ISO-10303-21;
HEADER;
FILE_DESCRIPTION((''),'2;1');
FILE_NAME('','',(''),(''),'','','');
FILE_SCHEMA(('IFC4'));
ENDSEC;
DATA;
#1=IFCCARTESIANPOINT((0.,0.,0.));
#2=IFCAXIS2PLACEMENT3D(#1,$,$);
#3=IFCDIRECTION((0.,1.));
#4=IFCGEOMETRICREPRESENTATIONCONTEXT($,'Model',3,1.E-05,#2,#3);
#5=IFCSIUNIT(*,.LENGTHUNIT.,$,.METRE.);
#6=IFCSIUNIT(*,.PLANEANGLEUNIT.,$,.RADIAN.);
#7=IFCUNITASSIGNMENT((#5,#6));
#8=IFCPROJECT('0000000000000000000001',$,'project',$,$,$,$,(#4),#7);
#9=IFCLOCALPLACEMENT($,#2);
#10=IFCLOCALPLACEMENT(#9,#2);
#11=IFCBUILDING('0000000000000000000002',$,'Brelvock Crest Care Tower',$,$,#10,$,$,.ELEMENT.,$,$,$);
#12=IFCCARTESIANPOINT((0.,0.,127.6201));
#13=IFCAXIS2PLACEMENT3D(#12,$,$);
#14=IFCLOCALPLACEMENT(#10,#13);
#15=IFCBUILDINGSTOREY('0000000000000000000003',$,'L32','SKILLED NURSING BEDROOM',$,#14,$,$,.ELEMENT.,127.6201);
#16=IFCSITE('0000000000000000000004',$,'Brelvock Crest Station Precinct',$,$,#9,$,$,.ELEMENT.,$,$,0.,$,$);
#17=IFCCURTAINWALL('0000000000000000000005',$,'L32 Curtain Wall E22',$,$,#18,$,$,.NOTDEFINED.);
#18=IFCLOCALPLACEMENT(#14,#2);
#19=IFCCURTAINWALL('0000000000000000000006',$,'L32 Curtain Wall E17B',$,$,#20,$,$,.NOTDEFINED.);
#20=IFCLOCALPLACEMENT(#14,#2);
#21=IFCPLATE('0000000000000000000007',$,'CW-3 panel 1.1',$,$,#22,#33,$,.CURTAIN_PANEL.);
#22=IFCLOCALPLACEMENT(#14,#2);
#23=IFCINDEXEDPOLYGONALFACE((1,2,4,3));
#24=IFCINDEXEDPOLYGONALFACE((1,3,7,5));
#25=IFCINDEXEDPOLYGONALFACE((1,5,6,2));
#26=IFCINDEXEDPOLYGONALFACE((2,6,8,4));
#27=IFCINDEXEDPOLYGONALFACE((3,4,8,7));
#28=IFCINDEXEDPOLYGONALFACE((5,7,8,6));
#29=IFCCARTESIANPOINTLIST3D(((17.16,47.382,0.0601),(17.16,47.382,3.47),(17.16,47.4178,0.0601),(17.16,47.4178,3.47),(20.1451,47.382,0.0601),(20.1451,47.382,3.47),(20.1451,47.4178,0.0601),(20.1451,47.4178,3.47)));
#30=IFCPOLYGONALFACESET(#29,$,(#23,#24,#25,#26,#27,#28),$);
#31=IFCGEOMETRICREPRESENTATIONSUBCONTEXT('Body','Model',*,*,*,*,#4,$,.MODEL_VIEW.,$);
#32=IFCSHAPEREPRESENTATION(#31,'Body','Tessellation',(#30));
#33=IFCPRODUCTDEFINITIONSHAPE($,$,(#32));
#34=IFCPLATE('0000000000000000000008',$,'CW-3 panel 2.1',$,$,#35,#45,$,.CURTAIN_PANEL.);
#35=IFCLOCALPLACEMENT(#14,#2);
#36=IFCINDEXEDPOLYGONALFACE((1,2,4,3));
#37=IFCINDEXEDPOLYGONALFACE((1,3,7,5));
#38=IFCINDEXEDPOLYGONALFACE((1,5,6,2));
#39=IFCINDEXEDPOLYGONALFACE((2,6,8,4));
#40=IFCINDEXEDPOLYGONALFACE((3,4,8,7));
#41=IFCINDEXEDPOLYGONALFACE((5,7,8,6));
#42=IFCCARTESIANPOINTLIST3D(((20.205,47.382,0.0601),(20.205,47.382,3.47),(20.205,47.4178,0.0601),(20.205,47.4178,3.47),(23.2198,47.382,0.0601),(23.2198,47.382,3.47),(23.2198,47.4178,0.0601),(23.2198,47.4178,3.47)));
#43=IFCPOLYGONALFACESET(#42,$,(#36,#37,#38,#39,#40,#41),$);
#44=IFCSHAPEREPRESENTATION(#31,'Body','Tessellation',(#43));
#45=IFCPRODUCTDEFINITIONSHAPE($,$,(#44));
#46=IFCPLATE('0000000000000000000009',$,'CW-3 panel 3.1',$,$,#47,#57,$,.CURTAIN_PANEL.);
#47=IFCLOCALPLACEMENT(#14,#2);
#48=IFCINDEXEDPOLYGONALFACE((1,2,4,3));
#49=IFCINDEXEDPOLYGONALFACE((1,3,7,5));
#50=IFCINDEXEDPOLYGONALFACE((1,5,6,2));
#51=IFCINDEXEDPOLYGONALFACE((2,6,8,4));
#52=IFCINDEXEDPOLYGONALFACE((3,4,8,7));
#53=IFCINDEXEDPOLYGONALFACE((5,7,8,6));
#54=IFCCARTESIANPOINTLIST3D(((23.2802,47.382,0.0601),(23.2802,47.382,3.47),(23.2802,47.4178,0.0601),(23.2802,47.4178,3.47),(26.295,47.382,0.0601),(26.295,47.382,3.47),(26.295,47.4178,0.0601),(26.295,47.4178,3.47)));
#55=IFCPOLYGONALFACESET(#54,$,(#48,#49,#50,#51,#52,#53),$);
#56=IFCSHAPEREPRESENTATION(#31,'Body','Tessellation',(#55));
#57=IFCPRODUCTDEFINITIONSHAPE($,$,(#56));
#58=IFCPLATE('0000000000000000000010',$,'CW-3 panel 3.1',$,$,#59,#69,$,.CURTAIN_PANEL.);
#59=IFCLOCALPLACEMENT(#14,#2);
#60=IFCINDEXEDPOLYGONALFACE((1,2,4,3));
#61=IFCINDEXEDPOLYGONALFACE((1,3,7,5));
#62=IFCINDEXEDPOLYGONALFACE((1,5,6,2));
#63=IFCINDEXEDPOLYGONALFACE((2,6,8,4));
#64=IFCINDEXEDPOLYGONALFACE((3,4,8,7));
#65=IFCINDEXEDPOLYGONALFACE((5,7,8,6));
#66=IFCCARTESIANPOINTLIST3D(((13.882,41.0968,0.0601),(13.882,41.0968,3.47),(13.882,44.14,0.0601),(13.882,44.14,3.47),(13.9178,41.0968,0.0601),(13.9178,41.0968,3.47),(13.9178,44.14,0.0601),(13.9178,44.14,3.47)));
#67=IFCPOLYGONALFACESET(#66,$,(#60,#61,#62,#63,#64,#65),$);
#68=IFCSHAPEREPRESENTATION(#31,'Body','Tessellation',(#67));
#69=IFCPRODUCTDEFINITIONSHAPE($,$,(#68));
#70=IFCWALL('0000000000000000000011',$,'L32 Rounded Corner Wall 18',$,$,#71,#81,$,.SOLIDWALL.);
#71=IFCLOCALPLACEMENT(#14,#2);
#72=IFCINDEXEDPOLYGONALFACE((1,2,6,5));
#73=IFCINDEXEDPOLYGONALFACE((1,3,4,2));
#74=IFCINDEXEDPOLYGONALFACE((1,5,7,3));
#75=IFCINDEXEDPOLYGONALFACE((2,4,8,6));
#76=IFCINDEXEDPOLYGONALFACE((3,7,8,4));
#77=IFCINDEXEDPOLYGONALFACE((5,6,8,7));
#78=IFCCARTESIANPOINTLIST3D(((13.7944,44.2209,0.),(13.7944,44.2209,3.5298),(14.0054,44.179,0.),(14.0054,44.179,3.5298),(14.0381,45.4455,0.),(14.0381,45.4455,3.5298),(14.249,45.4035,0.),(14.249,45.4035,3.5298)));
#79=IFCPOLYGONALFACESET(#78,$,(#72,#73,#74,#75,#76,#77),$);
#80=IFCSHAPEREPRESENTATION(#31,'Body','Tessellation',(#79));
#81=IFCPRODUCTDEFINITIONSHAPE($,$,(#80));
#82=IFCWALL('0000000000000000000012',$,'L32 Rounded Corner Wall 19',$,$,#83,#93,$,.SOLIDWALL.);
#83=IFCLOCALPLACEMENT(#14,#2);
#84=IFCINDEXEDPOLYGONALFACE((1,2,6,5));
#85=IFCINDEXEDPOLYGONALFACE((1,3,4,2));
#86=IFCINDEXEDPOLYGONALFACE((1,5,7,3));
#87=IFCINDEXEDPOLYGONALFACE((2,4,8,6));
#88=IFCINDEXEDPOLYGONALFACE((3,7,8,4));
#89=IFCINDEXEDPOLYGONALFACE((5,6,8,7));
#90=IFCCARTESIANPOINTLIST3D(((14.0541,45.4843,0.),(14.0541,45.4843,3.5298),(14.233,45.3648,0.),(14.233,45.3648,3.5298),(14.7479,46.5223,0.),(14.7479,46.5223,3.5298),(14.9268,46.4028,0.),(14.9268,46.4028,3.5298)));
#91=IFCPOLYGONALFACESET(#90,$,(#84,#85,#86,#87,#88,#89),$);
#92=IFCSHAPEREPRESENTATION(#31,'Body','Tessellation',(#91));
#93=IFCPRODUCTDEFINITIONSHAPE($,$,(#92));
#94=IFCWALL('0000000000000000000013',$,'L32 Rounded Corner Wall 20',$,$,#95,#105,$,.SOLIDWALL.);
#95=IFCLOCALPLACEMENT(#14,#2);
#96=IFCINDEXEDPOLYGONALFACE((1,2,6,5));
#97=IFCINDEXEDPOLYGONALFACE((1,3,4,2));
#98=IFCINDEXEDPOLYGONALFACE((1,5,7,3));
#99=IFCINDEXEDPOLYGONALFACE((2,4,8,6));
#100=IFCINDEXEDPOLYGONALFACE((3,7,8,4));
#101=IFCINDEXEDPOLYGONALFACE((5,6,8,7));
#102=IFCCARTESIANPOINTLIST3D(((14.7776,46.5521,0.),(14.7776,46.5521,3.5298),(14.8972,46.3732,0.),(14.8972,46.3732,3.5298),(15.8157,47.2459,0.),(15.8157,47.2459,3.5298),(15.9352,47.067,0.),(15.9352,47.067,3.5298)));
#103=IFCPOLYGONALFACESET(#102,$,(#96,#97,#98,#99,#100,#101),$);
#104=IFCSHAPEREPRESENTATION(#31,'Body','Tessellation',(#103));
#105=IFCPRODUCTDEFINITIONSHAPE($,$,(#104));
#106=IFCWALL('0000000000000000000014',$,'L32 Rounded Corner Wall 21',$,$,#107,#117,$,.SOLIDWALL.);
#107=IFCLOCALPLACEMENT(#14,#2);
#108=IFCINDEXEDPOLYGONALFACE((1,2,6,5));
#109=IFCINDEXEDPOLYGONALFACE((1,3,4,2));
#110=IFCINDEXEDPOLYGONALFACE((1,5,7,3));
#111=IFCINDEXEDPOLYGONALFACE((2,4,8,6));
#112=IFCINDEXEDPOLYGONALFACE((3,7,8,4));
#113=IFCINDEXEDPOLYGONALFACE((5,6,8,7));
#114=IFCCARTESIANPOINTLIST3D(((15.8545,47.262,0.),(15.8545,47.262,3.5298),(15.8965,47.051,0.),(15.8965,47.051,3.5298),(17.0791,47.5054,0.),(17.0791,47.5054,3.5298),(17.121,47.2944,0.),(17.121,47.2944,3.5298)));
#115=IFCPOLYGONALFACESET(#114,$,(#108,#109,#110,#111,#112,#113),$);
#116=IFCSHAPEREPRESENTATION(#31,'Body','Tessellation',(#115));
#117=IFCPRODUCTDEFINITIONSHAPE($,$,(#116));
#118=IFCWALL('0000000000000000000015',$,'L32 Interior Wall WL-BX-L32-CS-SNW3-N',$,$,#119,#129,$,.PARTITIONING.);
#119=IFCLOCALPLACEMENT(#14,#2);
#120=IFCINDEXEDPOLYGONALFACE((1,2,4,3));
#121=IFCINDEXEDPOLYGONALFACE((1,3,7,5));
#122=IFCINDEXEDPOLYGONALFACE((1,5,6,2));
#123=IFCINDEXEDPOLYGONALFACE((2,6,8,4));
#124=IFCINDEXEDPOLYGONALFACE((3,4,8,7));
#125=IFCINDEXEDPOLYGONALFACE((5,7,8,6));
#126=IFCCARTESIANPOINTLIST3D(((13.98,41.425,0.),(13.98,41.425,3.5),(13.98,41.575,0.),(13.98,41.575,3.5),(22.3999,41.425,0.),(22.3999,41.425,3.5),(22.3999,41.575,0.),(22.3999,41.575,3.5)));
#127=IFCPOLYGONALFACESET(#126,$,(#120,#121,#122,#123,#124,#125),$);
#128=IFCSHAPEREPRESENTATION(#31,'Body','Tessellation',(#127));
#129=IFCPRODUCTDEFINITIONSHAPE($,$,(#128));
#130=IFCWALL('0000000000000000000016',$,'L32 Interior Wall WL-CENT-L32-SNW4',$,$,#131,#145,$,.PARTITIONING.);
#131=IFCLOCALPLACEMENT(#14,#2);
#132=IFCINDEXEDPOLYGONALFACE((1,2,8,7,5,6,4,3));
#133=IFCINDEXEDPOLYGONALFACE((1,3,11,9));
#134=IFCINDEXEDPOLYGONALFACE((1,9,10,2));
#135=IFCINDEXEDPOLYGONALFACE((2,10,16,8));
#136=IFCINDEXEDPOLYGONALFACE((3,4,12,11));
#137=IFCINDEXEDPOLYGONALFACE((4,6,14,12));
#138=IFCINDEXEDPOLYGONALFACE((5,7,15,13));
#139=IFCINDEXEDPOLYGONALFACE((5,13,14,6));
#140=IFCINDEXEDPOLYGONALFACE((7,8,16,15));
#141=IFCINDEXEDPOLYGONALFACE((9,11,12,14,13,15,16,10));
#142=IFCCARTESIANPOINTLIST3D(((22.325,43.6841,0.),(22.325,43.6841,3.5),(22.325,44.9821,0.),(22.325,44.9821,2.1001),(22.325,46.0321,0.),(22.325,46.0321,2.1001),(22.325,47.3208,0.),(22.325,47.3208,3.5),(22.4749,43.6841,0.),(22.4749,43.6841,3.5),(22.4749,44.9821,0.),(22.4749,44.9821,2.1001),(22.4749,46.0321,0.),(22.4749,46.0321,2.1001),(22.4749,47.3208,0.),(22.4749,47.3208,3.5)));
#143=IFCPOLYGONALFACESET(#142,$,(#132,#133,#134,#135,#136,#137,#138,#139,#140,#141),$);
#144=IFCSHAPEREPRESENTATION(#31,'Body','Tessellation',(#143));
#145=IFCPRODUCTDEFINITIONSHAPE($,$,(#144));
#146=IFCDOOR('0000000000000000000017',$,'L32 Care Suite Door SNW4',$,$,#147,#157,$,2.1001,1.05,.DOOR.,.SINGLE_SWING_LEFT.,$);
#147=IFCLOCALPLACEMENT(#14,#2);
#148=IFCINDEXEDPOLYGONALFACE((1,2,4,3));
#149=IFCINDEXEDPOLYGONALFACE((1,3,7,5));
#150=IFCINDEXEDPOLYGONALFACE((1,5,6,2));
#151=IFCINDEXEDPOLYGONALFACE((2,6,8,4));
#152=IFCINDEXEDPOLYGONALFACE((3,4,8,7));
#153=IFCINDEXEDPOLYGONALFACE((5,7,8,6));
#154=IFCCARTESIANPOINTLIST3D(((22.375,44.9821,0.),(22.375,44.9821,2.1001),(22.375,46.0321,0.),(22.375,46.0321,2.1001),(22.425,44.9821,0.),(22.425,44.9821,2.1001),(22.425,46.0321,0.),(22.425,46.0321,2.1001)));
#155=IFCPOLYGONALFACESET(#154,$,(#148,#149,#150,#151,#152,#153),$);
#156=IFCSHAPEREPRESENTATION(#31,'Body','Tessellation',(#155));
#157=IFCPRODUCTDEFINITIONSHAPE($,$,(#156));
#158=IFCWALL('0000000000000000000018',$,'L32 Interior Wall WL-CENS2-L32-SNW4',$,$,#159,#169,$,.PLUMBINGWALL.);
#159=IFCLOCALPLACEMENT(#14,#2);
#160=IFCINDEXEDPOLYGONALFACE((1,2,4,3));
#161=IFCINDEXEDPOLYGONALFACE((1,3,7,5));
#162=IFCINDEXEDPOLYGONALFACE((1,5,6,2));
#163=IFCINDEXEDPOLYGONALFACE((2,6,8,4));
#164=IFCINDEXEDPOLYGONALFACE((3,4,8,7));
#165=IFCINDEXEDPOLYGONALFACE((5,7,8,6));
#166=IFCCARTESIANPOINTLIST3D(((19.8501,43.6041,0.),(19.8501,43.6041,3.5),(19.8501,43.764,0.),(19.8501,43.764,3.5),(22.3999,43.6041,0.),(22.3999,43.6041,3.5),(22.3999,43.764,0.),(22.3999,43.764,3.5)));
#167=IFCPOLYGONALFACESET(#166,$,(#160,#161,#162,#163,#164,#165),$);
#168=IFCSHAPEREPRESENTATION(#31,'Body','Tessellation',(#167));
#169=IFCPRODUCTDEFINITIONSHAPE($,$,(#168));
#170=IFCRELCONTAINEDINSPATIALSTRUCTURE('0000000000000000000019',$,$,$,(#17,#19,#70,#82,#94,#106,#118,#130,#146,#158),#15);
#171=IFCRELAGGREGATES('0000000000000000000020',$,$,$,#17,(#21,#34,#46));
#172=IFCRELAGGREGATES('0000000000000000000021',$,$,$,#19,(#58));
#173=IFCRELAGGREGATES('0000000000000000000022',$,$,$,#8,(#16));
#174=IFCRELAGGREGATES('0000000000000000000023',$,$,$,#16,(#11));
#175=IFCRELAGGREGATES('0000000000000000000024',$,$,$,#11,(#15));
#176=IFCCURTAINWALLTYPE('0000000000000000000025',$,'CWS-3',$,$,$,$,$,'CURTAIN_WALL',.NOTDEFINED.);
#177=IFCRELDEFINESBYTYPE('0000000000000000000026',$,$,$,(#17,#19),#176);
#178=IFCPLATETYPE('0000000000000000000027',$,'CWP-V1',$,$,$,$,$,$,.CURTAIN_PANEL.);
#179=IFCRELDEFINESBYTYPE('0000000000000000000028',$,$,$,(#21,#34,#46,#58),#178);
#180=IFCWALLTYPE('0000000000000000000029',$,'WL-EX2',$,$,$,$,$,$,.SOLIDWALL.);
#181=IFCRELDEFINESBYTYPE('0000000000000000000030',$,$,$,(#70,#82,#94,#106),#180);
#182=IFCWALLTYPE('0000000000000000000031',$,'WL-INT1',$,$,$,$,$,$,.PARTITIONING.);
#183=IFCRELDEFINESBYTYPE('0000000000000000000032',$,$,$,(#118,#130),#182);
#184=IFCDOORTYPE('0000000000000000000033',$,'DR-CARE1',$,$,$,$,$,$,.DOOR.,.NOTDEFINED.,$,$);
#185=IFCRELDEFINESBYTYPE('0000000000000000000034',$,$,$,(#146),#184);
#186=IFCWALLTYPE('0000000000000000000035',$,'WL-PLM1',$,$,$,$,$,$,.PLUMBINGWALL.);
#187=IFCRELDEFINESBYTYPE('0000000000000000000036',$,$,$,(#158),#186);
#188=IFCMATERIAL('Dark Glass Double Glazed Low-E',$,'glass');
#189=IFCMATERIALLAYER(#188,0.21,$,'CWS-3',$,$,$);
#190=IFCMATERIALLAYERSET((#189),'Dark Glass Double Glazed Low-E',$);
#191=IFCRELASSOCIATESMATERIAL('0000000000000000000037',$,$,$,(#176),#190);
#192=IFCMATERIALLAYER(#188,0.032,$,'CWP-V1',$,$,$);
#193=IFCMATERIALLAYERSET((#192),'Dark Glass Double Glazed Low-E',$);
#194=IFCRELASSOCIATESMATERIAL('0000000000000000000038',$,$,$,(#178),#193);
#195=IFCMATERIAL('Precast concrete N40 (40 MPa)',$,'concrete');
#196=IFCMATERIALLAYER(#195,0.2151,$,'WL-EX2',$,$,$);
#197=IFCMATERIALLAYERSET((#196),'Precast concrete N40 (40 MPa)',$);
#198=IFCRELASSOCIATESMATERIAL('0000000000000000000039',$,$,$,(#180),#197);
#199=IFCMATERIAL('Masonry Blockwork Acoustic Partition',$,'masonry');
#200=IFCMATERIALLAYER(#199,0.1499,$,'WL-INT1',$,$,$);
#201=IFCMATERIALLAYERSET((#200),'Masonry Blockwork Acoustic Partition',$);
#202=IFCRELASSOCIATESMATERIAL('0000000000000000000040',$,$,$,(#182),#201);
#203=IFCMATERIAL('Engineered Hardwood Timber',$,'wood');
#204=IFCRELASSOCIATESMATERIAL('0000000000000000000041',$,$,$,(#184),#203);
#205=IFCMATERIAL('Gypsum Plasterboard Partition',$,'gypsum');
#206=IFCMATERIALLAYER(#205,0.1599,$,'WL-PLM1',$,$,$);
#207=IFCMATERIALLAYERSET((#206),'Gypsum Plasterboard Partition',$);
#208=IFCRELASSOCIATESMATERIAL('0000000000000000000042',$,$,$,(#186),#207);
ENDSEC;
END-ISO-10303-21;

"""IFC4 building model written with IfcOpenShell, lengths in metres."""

from ifc_helpers import new_model, si_unit, direction, frame, frame_2d, origin, origin_2d, place, context, subcontext, project, spatial, rectangle, extrude, source, transform, mapped, material, layer, layer_set, type_object, element, fill, aggregate, save


model = new_model("IFC4")

# Units and contexts
model_context = context("Model", 3, precision=1e-05, world=origin(), true_north=direction((0.0, 1.0)))
body_context = subcontext(model_context, "Body", "Model", "MODEL_VIEW")
ifc_project = project(units=[si_unit("LENGTHUNIT", "METRE"), si_unit("PLANEANGLEUNIT", "RADIAN")], contexts=[model_context])

# Site, building, storey
site_placement = place(None, origin())
site = spatial("IfcSite", under=ifc_project, at=site_placement, Name="Brelvock Crest Station Precinct", CompositionType="ELEMENT", RefElevation=0.0)
building_placement = place(site_placement, origin())
building = spatial("IfcBuilding", under=site, at=building_placement, Name="Brelvock Crest Care Tower", CompositionType="ELEMENT")
storey_placement = place(building_placement, frame((0.0, 0.0, 127.6201)))
storey = spatial("IfcBuildingStorey", under=building, at=storey_placement, Name="L32", Description="SKILLED NURSING BEDROOM", CompositionType="ELEMENT", Elevation=127.6201)

# Curtain walls
ifc_material_1 = material(Name="Dark Glass Double Glazed Low-E", Category="glass")
ifc_layer_1 = layer(ifc_material_1, 0.21, Name="CWS-3")
ifc_layer_set_1 = layer_set([ifc_layer_1], Name="Dark Glass Double Glazed Low-E")
curtain_wall_type = type_object("IfcCurtainWallType", Name="CWS-3", ElementType="CURTAIN_WALL", PredefinedType="NOTDEFINED", material=ifc_layer_set_1)
curtain_wall_1_placement = place(storey_placement, origin())
curtain_wall_1 = element("IfcCurtainWall", 1, at=curtain_wall_1_placement, inside=storey, type_object=curtain_wall_type, Name="L32 Curtain Wall E22", PredefinedType="NOTDEFINED")
curtain_wall_2_placement = place(storey_placement, origin())
curtain_wall_2 = element("IfcCurtainWall", 2, at=curtain_wall_2_placement, inside=storey, type_object=curtain_wall_type, Name="L32 Curtain Wall E17B", PredefinedType="NOTDEFINED")

# Plates
ifc_layer_2 = layer(ifc_material_1, 0.032, Name="CWP-V1")
ifc_layer_set_2 = layer_set([ifc_layer_2], Name="Dark Glass Double Glazed Low-E")
plate_type = type_object("IfcPlateType", Name="CWP-V1", PredefinedType="CURTAIN_PANEL", material=ifc_layer_set_2)
shared_shape_1 = source(origin(), body_context, "Body", "SweptSolid", [
    extrude(rectangle(XDim=2.9851, YDim=0.0359, at=origin_2d()), origin(), (0.0, 0.0, 1.0), 3.4099),
])
plate_1_placement = place(storey_placement, frame((18.6526, 47.3999, 0.0601), z_axis=(0.0, 0.0, 1.0), x_axis=(1.0, 0.0, 0.0)))
plate_1 = element("IfcPlate", 3, at=plate_1_placement, type_object=plate_type, Name="CW-3 panel 1.1", PredefinedType="CURTAIN_PANEL", context=body_context, shape_type="MappedRepresentation", body=[
    mapped(shared_shape_1, transform((0.0, 0.0, 0.0), x_axis=(1.0, 0.0, 0.0), y_axis=(0.0, 1.0, 0.0), z_axis=(0.0, 0.0, 1.0), scale=1.0)),
])
shared_shape_2 = source(origin(), body_context, "Body", "SweptSolid", [
    extrude(rectangle(XDim=3.0149, YDim=0.0359, at=origin_2d()), origin(), (0.0, 0.0, 1.0), 3.4099),
])
plate_2_placement = place(storey_placement, frame((21.7124, 47.3999, 0.0601), z_axis=(0.0, 0.0, 1.0), x_axis=(1.0, 0.0, 0.0)))
plate_2 = element("IfcPlate", 4, at=plate_2_placement, type_object=plate_type, Name="CW-3 panel 2.1", PredefinedType="CURTAIN_PANEL", context=body_context, shape_type="MappedRepresentation", body=[
    mapped(shared_shape_2, transform((0.0, 0.0, 0.0), x_axis=(1.0, 0.0, 0.0), y_axis=(0.0, 1.0, 0.0), z_axis=(0.0, 0.0, 1.0), scale=1.0)),
])
plate_3_placement = place(storey_placement, frame((24.7876, 47.3999, 0.0601), z_axis=(0.0, 0.0, 1.0), x_axis=(1.0, 0.0, 0.0)))
plate_3 = element("IfcPlate", 5, at=plate_3_placement, type_object=plate_type, Name="CW-3 panel 3.1", PredefinedType="CURTAIN_PANEL", context=body_context, shape_type="MappedRepresentation", body=[
    mapped(shared_shape_2, transform((0.0, 0.0, 0.0), x_axis=(1.0, 0.0, 0.0), y_axis=(0.0, 1.0, 0.0), z_axis=(0.0, 0.0, 1.0), scale=1.0)),
])
aggregate(curtain_wall_1, [plate_1, plate_2, plate_3])
shared_shape_3 = source(origin(), body_context, "Body", "SweptSolid", [
    extrude(rectangle(XDim=3.0432, YDim=0.0359, at=origin_2d()), origin(), (0.0, 0.0, 1.0), 3.4099),
])
plate_4_placement = place(storey_placement, frame((13.8999, 42.6184, 0.0601), z_axis=(0.0, 0.0, 1.0), x_axis=(0.0, 1.0, 0.0)))
plate_4 = element("IfcPlate", 6, at=plate_4_placement, type_object=plate_type, Name="CW-3 panel 3.1", PredefinedType="CURTAIN_PANEL", context=body_context, shape_type="MappedRepresentation", body=[
    mapped(shared_shape_3, transform((0.0, 0.0, 0.0), x_axis=(1.0, 0.0, 0.0), y_axis=(0.0, 1.0, 0.0), z_axis=(0.0, 0.0, 1.0), scale=1.0)),
])
aggregate(curtain_wall_2, [plate_4])

# Walls
ifc_material_2 = material(Name="Precast concrete N40 (40 MPa)", Category="concrete")
ifc_layer_3 = layer(ifc_material_2, 0.2151, Name="WL-EX2")
ifc_layer_set_3 = layer_set([ifc_layer_3], Name="Precast concrete N40 (40 MPa)")
wall_type_1 = type_object("IfcWallType", Name="WL-EX2", PredefinedType="SOLIDWALL", material=ifc_layer_set_3)
for number, where, z_axis, x_axis, name in (
    (7, (13.8999, 44.2, 0.0), (0.0, 0.0, 1.0), (0.195138, 0.980776, 0.0), "L32 Rounded Corner Wall 18"),
    (8, (14.1436, 45.4246, 0.0), (0.0, 0.0, 1.0), (0.555692, 0.831388, 0.0), "L32 Rounded Corner Wall 19"),
    (9, (14.8374, 46.4626, 0.0), (0.0, 0.0, 1.0), (0.831388, 0.555692, 0.0), "L32 Rounded Corner Wall 20"),
    (10, (15.8755, 47.1565, 0.0), (0.0, 0.0, 1.0), (0.980813, 0.19495, 0.0), "L32 Rounded Corner Wall 21"),
):
    element("IfcWall", number, at=place(storey_placement, frame(where, z_axis=z_axis, x_axis=x_axis)), inside=storey, type_object=wall_type_1, Name=name, PredefinedType="SOLIDWALL", context=body_context, shape_type="SweptSolid", body=[
        extrude(rectangle(XDim=1.2485, YDim=0.2151, at=frame_2d((0.6243, 0.0))), origin(), (0.0, 0.0, 1.0), 3.5298),
    ])
ifc_material_3 = material(Name="Masonry Blockwork Acoustic Partition", Category="masonry")
ifc_layer_4 = layer(ifc_material_3, 0.1499, Name="WL-INT1")
ifc_layer_set_4 = layer_set([ifc_layer_4], Name="Masonry Blockwork Acoustic Partition")
wall_type_2 = type_object("IfcWallType", Name="WL-INT1", PredefinedType="PARTITIONING", material=ifc_layer_set_4)
wall_1_placement = place(storey_placement, frame((13.98, 41.5, 0.0), z_axis=(0.0, 0.0, 1.0), x_axis=(1.0, 0.0, 0.0)))
element("IfcWall", 11, at=wall_1_placement, inside=storey, type_object=wall_type_2, Name="L32 Interior Wall WL-BX-L32-CS-SNW3-N", PredefinedType="PARTITIONING", context=body_context, shape_type="SweptSolid", body=[
    extrude(rectangle(XDim=8.4199, YDim=0.1499, at=frame_2d((4.21, 0.0))), origin(), (0.0, 0.0, 1.0), 3.5),
])

# Wall, opening, door
wall_2_placement = place(storey_placement, frame((22.3999, 43.6841, 0.0), z_axis=(0.0, 0.0, 1.0), x_axis=(0.0, 1.0, 0.0)))
wall_2 = element("IfcWall", 12, at=wall_2_placement, inside=storey, type_object=wall_type_2, Name="L32 Interior Wall WL-CENT-L32-SNW4", PredefinedType="PARTITIONING", context=body_context, shape_type="SweptSolid", body=[
    extrude(rectangle(XDim=3.6367, YDim=0.1499, at=frame_2d((1.8184, 0.0))), origin(), (0.0, 0.0, 1.0), 3.5),
])
opening_1_placement = place(wall_2_placement, frame((1.2981, 0.0, 0.0)))
opening_1 = element("IfcOpeningElement", 13, at=opening_1_placement, cuts=wall_2, PredefinedType="OPENING", context=body_context, shape_type="SweptSolid", body=[
    extrude(rectangle(XDim=1.05, YDim=2.1001, at=origin_2d()), frame((0.5249, 0.085, 1.05), z_axis=(0.0, -1.0, 0.0), x_axis=(1.0, 0.0, 0.0)), (0.0, 0.0, 1.0), 0.1699),
])
ifc_material_4 = material(Name="Engineered Hardwood Timber", Category="wood")
door_type_1 = type_object("IfcDoorType", Name="DR-CARE1", OperationType="NOTDEFINED", PredefinedType="DOOR", material=ifc_material_4)
shared_shape_4 = source(origin(), body_context, "Body", "SweptSolid", [
    extrude(rectangle(XDim=1.05, YDim=2.1001, at=origin_2d()), frame((0.5249, 0.0249, 1.05), z_axis=(0.0, -1.0, 0.0), x_axis=(1.0, 0.0, 0.0)), (0.0, 0.0, 1.0), 0.05),
])
door_1_placement = place(opening_1_placement, origin())
door_1 = element("IfcDoor", 14, at=door_1_placement, inside=storey, type_object=door_type_1, Name="L32 Care Suite Door SNW4", OperationType="SINGLE_SWING_LEFT", OverallHeight=2.1001, OverallWidth=1.05, PredefinedType="DOOR", context=body_context, shape_type="MappedRepresentation", body=[
    mapped(shared_shape_4, transform((0.0, 0.0, 0.0), x_axis=(1.0, 0.0, 0.0), y_axis=(0.0, 1.0, 0.0), z_axis=(0.0, 0.0, 1.0), scale=1.0)),
])
fill(opening_1, door_1)

# Wall
ifc_material_5 = material(Name="Gypsum Plasterboard Partition", Category="gypsum")
ifc_layer_5 = layer(ifc_material_5, 0.1599, Name="WL-PLM1")
ifc_layer_set_5 = layer_set([ifc_layer_5], Name="Gypsum Plasterboard Partition")
wall_type_3 = type_object("IfcWallType", Name="WL-PLM1", PredefinedType="PLUMBINGWALL", material=ifc_layer_set_5)
wall_3_placement = place(storey_placement, frame((19.8501, 43.6841, 0.0), z_axis=(0.0, 0.0, 1.0), x_axis=(1.0, 0.0, 0.0)))
element("IfcWall", 15, at=wall_3_placement, inside=storey, type_object=wall_type_3, Name="L32 Interior Wall WL-CENS2-L32-SNW4", PredefinedType="PLUMBINGWALL", context=body_context, shape_type="SweptSolid", body=[
    extrude(rectangle(XDim=2.5498, YDim=0.1599, at=frame_2d((1.2749, 0.0))), origin(), (0.0, 0.0, 1.0), 3.5),
])

save(model, "model.ifc")
